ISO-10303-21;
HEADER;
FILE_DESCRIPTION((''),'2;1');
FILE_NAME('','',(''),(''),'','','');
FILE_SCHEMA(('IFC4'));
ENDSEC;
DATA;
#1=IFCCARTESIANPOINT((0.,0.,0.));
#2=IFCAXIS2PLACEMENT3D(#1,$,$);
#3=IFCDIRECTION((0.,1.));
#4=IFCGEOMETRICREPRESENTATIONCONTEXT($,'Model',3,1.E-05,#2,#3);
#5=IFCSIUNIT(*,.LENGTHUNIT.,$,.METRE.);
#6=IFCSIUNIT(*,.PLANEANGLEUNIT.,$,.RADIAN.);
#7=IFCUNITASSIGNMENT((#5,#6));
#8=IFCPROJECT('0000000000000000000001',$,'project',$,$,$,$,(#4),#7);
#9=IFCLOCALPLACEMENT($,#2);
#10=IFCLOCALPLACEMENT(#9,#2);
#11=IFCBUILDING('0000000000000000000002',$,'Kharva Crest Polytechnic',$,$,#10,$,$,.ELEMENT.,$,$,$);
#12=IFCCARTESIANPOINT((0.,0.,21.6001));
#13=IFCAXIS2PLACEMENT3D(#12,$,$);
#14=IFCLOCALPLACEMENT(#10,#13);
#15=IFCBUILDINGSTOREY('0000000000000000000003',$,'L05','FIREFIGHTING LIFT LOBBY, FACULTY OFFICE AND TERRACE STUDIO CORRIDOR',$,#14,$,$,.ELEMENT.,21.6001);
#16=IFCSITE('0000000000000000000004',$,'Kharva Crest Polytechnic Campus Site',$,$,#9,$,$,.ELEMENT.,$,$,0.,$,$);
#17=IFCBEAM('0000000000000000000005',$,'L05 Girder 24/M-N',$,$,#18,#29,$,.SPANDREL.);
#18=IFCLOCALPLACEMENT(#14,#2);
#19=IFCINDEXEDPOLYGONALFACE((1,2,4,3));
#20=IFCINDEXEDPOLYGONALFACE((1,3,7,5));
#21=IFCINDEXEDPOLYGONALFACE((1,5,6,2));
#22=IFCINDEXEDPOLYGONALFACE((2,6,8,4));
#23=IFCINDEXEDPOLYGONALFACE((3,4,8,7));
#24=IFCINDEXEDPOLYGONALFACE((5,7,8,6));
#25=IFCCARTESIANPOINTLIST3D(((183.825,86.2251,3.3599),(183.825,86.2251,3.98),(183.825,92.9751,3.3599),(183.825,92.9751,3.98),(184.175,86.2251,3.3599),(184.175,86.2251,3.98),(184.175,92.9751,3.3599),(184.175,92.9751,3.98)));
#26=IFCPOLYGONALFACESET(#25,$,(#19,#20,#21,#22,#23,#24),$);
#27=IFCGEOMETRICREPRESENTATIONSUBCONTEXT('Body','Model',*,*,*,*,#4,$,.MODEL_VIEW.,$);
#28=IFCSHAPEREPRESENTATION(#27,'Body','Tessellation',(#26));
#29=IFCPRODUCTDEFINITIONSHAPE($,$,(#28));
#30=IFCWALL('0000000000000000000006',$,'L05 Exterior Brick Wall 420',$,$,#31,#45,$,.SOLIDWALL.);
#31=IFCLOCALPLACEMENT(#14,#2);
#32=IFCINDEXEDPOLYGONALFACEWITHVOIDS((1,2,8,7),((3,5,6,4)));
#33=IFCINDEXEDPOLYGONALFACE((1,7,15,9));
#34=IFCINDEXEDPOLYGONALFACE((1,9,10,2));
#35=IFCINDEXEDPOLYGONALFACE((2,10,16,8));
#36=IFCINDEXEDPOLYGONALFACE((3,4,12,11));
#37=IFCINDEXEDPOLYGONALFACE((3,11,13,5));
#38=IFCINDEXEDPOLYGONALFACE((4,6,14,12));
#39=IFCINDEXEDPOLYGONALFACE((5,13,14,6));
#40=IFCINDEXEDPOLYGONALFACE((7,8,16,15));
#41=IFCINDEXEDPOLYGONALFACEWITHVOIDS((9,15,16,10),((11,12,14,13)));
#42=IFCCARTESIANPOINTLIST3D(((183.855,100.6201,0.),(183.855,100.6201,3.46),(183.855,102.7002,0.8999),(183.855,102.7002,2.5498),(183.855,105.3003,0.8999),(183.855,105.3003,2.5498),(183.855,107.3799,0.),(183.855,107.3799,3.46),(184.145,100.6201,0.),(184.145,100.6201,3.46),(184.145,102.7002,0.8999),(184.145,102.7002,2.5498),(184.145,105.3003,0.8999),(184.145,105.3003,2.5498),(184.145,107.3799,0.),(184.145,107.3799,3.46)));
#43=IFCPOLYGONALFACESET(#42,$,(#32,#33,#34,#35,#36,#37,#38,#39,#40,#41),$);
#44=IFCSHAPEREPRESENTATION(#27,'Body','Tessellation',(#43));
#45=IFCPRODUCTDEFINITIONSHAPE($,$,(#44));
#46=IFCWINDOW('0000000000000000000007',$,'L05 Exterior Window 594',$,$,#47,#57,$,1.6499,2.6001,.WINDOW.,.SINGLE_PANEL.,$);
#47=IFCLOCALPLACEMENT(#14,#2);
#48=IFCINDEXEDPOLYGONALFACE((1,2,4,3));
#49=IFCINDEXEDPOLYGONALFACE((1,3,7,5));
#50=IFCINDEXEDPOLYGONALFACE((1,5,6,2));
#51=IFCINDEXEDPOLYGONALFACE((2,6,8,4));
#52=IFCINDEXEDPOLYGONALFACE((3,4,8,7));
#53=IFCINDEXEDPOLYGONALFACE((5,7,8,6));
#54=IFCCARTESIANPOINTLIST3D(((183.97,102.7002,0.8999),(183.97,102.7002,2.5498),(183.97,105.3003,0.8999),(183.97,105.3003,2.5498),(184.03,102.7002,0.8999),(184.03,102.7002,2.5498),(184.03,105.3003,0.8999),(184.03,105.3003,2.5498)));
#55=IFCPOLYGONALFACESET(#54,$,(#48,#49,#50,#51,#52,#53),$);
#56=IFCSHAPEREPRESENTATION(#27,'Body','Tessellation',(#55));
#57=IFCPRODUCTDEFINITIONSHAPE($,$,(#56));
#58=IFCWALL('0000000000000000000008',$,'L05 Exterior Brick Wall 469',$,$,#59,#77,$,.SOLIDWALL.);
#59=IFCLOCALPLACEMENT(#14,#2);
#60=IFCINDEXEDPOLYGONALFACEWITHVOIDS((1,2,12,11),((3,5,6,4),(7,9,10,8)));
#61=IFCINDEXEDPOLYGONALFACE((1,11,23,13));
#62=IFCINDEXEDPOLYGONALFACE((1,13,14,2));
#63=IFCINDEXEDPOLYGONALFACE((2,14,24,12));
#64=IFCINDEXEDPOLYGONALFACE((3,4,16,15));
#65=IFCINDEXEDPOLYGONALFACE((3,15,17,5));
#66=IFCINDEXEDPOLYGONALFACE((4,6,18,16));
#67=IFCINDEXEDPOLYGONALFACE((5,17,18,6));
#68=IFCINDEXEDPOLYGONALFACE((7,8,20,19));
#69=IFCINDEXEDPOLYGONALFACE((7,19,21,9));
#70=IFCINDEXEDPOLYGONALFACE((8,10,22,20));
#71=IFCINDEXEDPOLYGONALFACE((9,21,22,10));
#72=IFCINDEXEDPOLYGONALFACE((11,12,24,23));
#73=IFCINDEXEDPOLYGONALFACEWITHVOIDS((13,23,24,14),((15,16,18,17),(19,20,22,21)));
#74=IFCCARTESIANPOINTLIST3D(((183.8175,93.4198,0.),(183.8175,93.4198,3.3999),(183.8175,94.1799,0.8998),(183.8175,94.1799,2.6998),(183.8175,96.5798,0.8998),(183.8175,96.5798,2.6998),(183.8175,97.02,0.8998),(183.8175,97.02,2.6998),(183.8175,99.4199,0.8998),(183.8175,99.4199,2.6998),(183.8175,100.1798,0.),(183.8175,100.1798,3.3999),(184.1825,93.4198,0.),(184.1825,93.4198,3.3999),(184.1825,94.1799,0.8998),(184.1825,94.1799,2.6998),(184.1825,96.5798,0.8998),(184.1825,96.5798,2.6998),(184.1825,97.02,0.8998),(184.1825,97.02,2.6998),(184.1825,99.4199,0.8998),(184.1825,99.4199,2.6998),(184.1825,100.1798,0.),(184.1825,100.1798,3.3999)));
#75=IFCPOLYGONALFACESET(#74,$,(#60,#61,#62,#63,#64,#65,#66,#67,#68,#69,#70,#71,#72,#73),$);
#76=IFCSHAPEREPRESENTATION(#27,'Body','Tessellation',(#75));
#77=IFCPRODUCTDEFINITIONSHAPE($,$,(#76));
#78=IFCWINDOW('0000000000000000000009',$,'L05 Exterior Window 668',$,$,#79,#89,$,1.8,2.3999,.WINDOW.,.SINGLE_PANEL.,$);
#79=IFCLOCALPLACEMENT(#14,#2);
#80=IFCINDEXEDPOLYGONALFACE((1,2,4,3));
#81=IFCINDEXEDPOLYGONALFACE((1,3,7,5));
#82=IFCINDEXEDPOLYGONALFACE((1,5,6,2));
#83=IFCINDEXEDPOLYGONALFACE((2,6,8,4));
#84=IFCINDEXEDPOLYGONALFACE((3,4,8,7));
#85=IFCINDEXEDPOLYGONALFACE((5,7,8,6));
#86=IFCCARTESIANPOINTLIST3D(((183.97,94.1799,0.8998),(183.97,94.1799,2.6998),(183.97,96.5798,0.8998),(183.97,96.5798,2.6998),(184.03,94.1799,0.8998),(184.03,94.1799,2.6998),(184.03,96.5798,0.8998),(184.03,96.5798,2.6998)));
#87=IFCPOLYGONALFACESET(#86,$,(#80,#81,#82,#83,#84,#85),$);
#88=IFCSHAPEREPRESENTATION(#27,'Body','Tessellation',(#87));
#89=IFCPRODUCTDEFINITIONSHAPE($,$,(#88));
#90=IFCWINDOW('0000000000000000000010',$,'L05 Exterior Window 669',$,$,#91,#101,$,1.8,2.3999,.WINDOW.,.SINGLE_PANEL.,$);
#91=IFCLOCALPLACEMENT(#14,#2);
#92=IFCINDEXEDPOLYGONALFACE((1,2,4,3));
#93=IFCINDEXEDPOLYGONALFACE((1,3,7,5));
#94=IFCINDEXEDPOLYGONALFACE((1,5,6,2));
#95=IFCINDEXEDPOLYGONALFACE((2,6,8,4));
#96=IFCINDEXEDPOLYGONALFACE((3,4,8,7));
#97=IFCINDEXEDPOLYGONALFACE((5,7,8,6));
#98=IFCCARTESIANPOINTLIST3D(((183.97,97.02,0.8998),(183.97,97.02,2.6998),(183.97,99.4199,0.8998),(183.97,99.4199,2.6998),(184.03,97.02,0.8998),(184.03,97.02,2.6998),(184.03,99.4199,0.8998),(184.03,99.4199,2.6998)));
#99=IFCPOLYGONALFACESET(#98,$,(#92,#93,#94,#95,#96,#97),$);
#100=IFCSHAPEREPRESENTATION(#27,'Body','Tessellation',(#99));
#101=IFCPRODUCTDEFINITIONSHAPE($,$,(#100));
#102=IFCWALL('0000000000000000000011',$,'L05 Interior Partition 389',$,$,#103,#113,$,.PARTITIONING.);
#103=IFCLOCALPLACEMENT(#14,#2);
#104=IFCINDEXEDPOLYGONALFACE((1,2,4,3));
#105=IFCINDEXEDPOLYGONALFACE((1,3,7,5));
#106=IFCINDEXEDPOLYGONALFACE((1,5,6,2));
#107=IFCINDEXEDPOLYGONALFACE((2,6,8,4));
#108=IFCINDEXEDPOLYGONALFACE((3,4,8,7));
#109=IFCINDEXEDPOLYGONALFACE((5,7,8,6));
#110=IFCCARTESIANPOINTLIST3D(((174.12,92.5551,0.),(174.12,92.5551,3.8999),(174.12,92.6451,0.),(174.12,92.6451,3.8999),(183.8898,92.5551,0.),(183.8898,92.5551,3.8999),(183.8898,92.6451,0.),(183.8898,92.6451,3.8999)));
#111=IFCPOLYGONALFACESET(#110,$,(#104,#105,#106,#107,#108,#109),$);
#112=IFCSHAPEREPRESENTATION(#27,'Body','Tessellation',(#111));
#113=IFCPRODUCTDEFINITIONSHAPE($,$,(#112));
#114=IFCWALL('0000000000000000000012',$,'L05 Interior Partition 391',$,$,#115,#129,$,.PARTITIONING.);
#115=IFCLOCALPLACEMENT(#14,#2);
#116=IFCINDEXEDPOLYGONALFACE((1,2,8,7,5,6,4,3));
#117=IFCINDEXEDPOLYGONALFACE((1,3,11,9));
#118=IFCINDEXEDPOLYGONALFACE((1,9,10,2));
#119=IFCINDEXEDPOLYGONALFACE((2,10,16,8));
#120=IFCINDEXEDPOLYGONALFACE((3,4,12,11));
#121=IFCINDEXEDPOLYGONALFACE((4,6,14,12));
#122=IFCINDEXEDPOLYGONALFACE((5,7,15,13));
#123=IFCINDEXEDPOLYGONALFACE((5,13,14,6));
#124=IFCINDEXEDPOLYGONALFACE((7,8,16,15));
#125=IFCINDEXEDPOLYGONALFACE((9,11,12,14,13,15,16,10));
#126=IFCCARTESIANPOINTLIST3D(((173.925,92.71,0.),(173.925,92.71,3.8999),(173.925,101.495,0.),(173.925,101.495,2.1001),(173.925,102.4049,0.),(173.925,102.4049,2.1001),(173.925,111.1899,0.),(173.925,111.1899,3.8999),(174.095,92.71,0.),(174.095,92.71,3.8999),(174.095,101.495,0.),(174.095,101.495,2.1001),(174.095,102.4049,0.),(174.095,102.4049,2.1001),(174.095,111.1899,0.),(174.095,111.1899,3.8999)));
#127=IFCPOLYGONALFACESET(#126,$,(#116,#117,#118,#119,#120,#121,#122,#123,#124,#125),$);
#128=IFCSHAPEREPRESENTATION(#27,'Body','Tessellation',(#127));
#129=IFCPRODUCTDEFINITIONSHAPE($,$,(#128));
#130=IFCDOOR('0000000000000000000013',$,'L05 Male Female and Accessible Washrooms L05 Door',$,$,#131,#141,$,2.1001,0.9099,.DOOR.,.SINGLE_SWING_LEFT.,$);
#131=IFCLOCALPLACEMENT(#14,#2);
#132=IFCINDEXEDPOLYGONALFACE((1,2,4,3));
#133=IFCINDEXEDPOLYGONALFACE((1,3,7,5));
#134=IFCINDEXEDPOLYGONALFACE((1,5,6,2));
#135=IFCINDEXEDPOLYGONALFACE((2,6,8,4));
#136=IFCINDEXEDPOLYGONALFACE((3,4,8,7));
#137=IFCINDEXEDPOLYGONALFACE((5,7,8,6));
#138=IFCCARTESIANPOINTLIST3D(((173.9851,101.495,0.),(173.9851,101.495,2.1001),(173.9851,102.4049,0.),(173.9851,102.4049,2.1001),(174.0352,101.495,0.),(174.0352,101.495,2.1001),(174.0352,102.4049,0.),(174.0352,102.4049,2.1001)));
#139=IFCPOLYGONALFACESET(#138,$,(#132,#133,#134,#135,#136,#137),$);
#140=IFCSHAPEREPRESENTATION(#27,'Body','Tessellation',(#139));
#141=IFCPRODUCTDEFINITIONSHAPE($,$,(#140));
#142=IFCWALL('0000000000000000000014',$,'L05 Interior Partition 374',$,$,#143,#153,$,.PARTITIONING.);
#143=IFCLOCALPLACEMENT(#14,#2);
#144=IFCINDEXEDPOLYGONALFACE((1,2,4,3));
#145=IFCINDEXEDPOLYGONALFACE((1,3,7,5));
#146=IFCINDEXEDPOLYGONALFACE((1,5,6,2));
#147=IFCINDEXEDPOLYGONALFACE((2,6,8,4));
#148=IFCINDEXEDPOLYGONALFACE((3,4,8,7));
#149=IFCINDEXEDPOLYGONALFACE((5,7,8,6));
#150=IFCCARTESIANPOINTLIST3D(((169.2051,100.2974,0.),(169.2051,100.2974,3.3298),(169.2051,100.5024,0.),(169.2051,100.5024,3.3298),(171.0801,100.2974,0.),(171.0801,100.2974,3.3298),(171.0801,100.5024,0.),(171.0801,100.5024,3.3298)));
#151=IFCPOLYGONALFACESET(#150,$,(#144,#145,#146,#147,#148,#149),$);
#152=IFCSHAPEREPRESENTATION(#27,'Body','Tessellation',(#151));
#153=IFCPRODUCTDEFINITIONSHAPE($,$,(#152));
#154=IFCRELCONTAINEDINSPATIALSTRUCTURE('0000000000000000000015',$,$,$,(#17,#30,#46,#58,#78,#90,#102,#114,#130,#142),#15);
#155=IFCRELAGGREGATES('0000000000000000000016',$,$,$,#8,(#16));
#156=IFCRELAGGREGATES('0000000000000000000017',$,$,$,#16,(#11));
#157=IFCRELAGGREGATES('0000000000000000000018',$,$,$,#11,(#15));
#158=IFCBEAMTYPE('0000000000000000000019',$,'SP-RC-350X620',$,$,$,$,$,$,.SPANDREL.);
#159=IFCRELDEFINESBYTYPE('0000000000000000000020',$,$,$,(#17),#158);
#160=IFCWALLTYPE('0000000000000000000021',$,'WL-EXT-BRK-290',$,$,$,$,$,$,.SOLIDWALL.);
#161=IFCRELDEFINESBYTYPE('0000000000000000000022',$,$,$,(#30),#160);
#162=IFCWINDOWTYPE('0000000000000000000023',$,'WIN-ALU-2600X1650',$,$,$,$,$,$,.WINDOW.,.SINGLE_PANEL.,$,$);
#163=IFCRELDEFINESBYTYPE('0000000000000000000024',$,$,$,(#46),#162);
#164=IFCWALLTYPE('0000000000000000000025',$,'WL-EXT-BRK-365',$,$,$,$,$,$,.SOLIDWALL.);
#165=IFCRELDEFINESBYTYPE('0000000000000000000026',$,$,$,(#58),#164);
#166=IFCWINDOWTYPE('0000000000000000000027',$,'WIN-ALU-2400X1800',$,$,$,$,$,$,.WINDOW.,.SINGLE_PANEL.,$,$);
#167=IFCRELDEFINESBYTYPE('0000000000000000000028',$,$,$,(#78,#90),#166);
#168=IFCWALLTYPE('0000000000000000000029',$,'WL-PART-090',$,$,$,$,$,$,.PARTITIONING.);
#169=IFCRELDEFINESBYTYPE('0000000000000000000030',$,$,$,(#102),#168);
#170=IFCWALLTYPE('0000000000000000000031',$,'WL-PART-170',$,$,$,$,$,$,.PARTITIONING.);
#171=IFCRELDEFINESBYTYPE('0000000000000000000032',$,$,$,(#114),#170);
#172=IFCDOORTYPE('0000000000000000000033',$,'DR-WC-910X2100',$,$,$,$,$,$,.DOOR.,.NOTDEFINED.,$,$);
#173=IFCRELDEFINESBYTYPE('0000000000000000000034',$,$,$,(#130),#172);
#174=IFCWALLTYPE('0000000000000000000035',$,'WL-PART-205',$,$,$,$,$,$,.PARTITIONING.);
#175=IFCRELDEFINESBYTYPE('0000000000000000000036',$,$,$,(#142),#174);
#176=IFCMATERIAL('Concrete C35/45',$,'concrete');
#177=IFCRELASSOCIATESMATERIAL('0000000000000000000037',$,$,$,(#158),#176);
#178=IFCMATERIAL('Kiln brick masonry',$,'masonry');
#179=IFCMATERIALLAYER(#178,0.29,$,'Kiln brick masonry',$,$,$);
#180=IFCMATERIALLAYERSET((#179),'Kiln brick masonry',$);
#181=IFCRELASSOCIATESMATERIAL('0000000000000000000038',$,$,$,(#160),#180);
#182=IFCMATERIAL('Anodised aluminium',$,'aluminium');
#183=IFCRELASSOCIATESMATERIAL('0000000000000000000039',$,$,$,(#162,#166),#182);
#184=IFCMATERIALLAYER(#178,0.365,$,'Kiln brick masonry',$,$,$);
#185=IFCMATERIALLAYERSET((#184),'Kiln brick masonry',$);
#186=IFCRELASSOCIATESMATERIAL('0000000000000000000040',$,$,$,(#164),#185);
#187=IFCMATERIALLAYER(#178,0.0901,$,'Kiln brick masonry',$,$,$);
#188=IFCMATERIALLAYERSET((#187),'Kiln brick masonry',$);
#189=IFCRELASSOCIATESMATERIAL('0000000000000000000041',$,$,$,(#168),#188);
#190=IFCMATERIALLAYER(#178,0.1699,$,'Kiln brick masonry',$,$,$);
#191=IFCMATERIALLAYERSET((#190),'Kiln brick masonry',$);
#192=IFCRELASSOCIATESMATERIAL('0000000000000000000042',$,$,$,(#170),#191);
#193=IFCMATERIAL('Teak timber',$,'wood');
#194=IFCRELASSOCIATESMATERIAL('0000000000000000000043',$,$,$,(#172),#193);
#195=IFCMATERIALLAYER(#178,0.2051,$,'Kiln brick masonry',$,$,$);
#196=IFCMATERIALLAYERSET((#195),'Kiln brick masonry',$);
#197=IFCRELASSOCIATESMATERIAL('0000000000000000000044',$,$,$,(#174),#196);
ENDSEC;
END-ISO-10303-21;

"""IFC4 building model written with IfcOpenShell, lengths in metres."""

from ifc_helpers import new_model, si_unit, direction, frame, frame_2d, origin, origin_2d, place, context, subcontext, project, spatial, rectangle, extrude, material, layer, layer_set, material_profile, profile_set, type_object, element, fill, save


model = new_model("IFC4")

# Units and contexts
model_context = context("Model", 3, precision=1e-05, world=origin(), true_north=direction((0.0, 1.0)))
body_context = subcontext(model_context, "Body", "Model", "MODEL_VIEW")
ifc_project = project(units=[si_unit("LENGTHUNIT", "METRE"), si_unit("PLANEANGLEUNIT", "RADIAN")], contexts=[model_context])

# Site, building, storey
site_placement = place(None, origin())
site = spatial("IfcSite", under=ifc_project, at=site_placement, Name="Kharva Crest Polytechnic Campus Site", CompositionType="ELEMENT", RefElevation=0.0)
building_placement = place(site_placement, origin())
building = spatial("IfcBuilding", under=site, at=building_placement, Name="Kharva Crest Polytechnic", CompositionType="ELEMENT")
storey_placement = place(building_placement, frame((0.0, 0.0, 21.6001)))
storey = spatial("IfcBuildingStorey", under=building, at=storey_placement, Name="L05", Description="FIREFIGHTING LIFT LOBBY, FACULTY OFFICE AND TERRACE STUDIO CORRIDOR", CompositionType="ELEMENT", Elevation=21.6001)

# Beam
ifc_material_1 = material(Name="Concrete C35/45", Category="concrete")
ifc_material_profile_1 = material_profile(ifc_material_1, rectangle(XDim=0.3501, YDim=0.6201, at=origin_2d()), Name="RECT 350 X 620")
ifc_profile_set_1 = profile_set([ifc_material_profile_1], Name="Concrete C35/45")
beam_type_1 = type_object("IfcBeamType", Name="SP-RC-350X620", PredefinedType="SPANDREL", material=ifc_profile_set_1)
beam_1_placement = place(storey_placement, frame((184.0, 86.2251, 3.6699), z_axis=(0.0, 1.0, 0.0), x_axis=(-1.0, 0.0, 0.0)))
element("IfcBeam", 1, at=beam_1_placement, inside=storey, type_object=beam_type_1, Name="L05 Girder 24/M-N", PredefinedType="SPANDREL", context=body_context, shape_type="SweptSolid", body=[
    extrude(rectangle(XDim=0.3501, YDim=0.6201, at=origin_2d()), origin(), (0.0, 0.0, 1.0), 6.75),
])

# Wall, opening, window
ifc_material_2 = material(Name="Kiln brick masonry", Category="masonry")
ifc_layer_1 = layer(ifc_material_2, 0.29, Name="Kiln brick masonry")
ifc_layer_set_1 = layer_set([ifc_layer_1], Name="Kiln brick masonry")
wall_type_1 = type_object("IfcWallType", Name="WL-EXT-BRK-290", PredefinedType="SOLIDWALL", material=ifc_layer_set_1)
wall_1_placement = place(storey_placement, frame((184.0, 100.6201, 0.0), z_axis=(0.0, 0.0, 1.0), x_axis=(0.0, 1.0, 0.0)))
wall_1 = element("IfcWall", 2, at=wall_1_placement, inside=storey, type_object=wall_type_1, Name="L05 Exterior Brick Wall 420", PredefinedType="SOLIDWALL", context=body_context, shape_type="SweptSolid", body=[
    extrude(rectangle(XDim=6.7598, YDim=0.29, at=frame_2d((3.3799, 0.0))), origin(), (0.0, 0.0, 1.0), 3.46),
])
opening_1_placement = place(wall_1_placement, frame((2.0801, 0.0, 0.8999)))
opening_1 = element("IfcOpeningElement", 3, at=opening_1_placement, cuts=wall_1, PredefinedType="OPENING", context=body_context, shape_type="SweptSolid", body=[
    extrude(rectangle(XDim=2.6001, YDim=1.6499, at=frame_2d((1.3, 0.825))), frame((0.0, 0.155, 0.0), z_axis=(0.0, -1.0, 0.0), x_axis=(1.0, 0.0, 0.0)), (0.0, 0.0, 1.0), 0.3101),
])
ifc_material_3 = material(Name="Anodised aluminium", Category="aluminium")
window_type_1 = type_object("IfcWindowType", Name="WIN-ALU-2600X1650", PartitioningType="SINGLE_PANEL", PredefinedType="WINDOW", material=ifc_material_3)
window_1_placement = place(opening_1_placement, origin())
window_1 = element("IfcWindow", 4, at=window_1_placement, inside=storey, type_object=window_type_1, Name="L05 Exterior Window 594", OverallHeight=1.6499, OverallWidth=2.6001, PartitioningType="SINGLE_PANEL", PredefinedType="WINDOW", context=body_context, shape_type="SweptSolid", body=[
    extrude(rectangle(XDim=2.6001, YDim=1.6499, at=frame_2d((1.3, 0.825))), frame((0.0, 0.03, 0.0), z_axis=(0.0, -1.0, 0.0), x_axis=(1.0, 0.0, 0.0)), (0.0, 0.0, 1.0), 0.0601),
])
fill(opening_1, window_1)

# Wall, openings, windows
ifc_layer_2 = layer(ifc_material_2, 0.365, Name="Kiln brick masonry")
ifc_layer_set_2 = layer_set([ifc_layer_2], Name="Kiln brick masonry")
wall_type_2 = type_object("IfcWallType", Name="WL-EXT-BRK-365", PredefinedType="SOLIDWALL", material=ifc_layer_set_2)
wall_2_placement = place(storey_placement, frame((184.0, 93.4199, 0.0), z_axis=(0.0, 0.0, 1.0), x_axis=(0.0, 1.0, 0.0)))
wall_2 = element("IfcWall", 5, at=wall_2_placement, inside=storey, type_object=wall_type_2, Name="L05 Exterior Brick Wall 469", PredefinedType="SOLIDWALL", context=body_context, shape_type="SweptSolid", body=[
    extrude(rectangle(XDim=6.76, YDim=0.365, at=frame_2d((3.3799, 0.0))), origin(), (0.0, 0.0, 1.0), 3.3999),
])
opening_2_placement = place(wall_2_placement, frame((0.76, 0.0, 0.8999)))
opening_2 = element("IfcOpeningElement", 6, at=opening_2_placement, cuts=wall_2, PredefinedType="OPENING", context=body_context, shape_type="SweptSolid", body=[
    extrude(rectangle(XDim=2.3999, YDim=1.8, at=frame_2d((1.2, 0.8999))), frame((0.0, 0.1924, 0.0), z_axis=(0.0, -1.0, 0.0), x_axis=(1.0, 0.0, 0.0)), (0.0, 0.0, 1.0), 0.385),
])
opening_3_placement = place(wall_2_placement, frame((3.6001, 0.0, 0.8999)))
opening_3 = element("IfcOpeningElement", 7, at=opening_3_placement, cuts=wall_2, PredefinedType="OPENING", context=body_context, shape_type="SweptSolid", body=[
    extrude(rectangle(XDim=2.3999, YDim=1.8, at=frame_2d((1.2, 0.8999))), frame((0.0, 0.1924, 0.0), z_axis=(0.0, -1.0, 0.0), x_axis=(1.0, 0.0, 0.0)), (0.0, 0.0, 1.0), 0.385),
])
window_type_2 = type_object("IfcWindowType", Name="WIN-ALU-2400X1800", PartitioningType="SINGLE_PANEL", PredefinedType="WINDOW", material=ifc_material_3)
window_2_placement = place(opening_2_placement, origin())
window_2 = element("IfcWindow", 8, at=window_2_placement, inside=storey, type_object=window_type_2, Name="L05 Exterior Window 668", OverallHeight=1.8, OverallWidth=2.3999, PartitioningType="SINGLE_PANEL", PredefinedType="WINDOW", context=body_context, shape_type="SweptSolid", body=[
    extrude(rectangle(XDim=2.3999, YDim=1.8, at=frame_2d((1.2, 0.8999))), frame((0.0, 0.03, 0.0), z_axis=(0.0, -1.0, 0.0), x_axis=(1.0, 0.0, 0.0)), (0.0, 0.0, 1.0), 0.0601),
])
fill(opening_2, window_2)
window_3_placement = place(opening_3_placement, origin())
window_3 = element("IfcWindow", 9, at=window_3_placement, inside=storey, type_object=window_type_2, Name="L05 Exterior Window 669", OverallHeight=1.8, OverallWidth=2.3999, PartitioningType="SINGLE_PANEL", PredefinedType="WINDOW", context=body_context, shape_type="SweptSolid", body=[
    extrude(rectangle(XDim=2.3999, YDim=1.8, at=frame_2d((1.2, 0.8999))), frame((0.0, 0.03, 0.0), z_axis=(0.0, -1.0, 0.0), x_axis=(1.0, 0.0, 0.0)), (0.0, 0.0, 1.0), 0.0601),
])
fill(opening_3, window_3)

# Wall
ifc_layer_3 = layer(ifc_material_2, 0.0901, Name="Kiln brick masonry")
ifc_layer_set_3 = layer_set([ifc_layer_3], Name="Kiln brick masonry")
wall_type_3 = type_object("IfcWallType", Name="WL-PART-090", PredefinedType="PARTITIONING", material=ifc_layer_set_3)
wall_3_placement = place(storey_placement, frame((174.1201, 92.6001, 0.0), z_axis=(0.0, 0.0, 1.0), x_axis=(1.0, 0.0, 0.0)))
element("IfcWall", 10, at=wall_3_placement, inside=storey, type_object=wall_type_3, Name="L05 Interior Partition 389", PredefinedType="PARTITIONING", context=body_context, shape_type="SweptSolid", body=[
    extrude(rectangle(XDim=9.7698, YDim=0.0901, at=frame_2d((4.8848, 0.0))), origin(), (0.0, 0.0, 1.0), 3.8999),
])

# Wall, opening, door
ifc_layer_4 = layer(ifc_material_2, 0.1699, Name="Kiln brick masonry")
ifc_layer_set_4 = layer_set([ifc_layer_4], Name="Kiln brick masonry")
wall_type_4 = type_object("IfcWallType", Name="WL-PART-170", PredefinedType="PARTITIONING", material=ifc_layer_set_4)
wall_4_placement = place(storey_placement, frame((174.01, 92.71, 0.0), z_axis=(0.0, 0.0, 1.0), x_axis=(0.0, 1.0, 0.0)))
wall_4 = element("IfcWall", 11, at=wall_4_placement, inside=storey, type_object=wall_type_4, Name="L05 Interior Partition 391", PredefinedType="PARTITIONING", context=body_context, shape_type="SweptSolid", body=[
    extrude(rectangle(XDim=18.48, YDim=0.1699, at=frame_2d((9.24, 0.0))), origin(), (0.0, 0.0, 1.0), 3.8999),
])
opening_4_placement = place(wall_4_placement, frame((8.7849, 0.0, 0.0)))
opening_4 = element("IfcOpeningElement", 12, at=opening_4_placement, cuts=wall_4, PredefinedType="OPENING", context=body_context, shape_type="SweptSolid", body=[
    extrude(rectangle(XDim=0.9099, YDim=2.1001, at=frame_2d((0.4551, 1.05))), frame((0.0, 0.095, 0.0), z_axis=(0.0, -1.0, 0.0), x_axis=(1.0, 0.0, 0.0)), (0.0, 0.0, 1.0), 0.1899),
])
ifc_material_4 = material(Name="Teak timber", Category="wood")
door_type_1 = type_object("IfcDoorType", Name="DR-WC-910X2100", OperationType="NOTDEFINED", PredefinedType="DOOR", material=ifc_material_4)
door_1_placement = place(opening_4_placement, origin())
door_1 = element("IfcDoor", 13, at=door_1_placement, inside=storey, type_object=door_type_1, Name="L05 Male Female and Accessible Washrooms L05 Door", OperationType="SINGLE_SWING_LEFT", OverallHeight=2.1001, OverallWidth=0.9099, PredefinedType="DOOR", context=body_context, shape_type="SweptSolid", body=[
    extrude(rectangle(XDim=0.9099, YDim=2.1001, at=frame_2d((0.4551, 1.05))), frame((0.0, 0.0249, 0.0), z_axis=(0.0, -1.0, 0.0), x_axis=(1.0, 0.0, 0.0)), (0.0, 0.0, 1.0), 0.05),
])
fill(opening_4, door_1)

# Wall
ifc_layer_5 = layer(ifc_material_2, 0.2051, Name="Kiln brick masonry")
ifc_layer_set_5 = layer_set([ifc_layer_5], Name="Kiln brick masonry")
wall_type_5 = type_object("IfcWallType", Name="WL-PART-205", PredefinedType="PARTITIONING", material=ifc_layer_set_5)
wall_5_placement = place(storey_placement, frame((169.2051, 100.3999, 0.0), z_axis=(0.0, 0.0, 1.0), x_axis=(1.0, 0.0, 0.0)))
element("IfcWall", 14, at=wall_5_placement, inside=storey, type_object=wall_type_5, Name="L05 Interior Partition 374", PredefinedType="PARTITIONING", context=body_context, shape_type="SweptSolid", body=[
    extrude(rectangle(XDim=1.875, YDim=0.2051, at=frame_2d((0.9375, 0.0))), origin(), (0.0, 0.0, 1.0), 3.3298),
])

save(model, "model.ifc")
